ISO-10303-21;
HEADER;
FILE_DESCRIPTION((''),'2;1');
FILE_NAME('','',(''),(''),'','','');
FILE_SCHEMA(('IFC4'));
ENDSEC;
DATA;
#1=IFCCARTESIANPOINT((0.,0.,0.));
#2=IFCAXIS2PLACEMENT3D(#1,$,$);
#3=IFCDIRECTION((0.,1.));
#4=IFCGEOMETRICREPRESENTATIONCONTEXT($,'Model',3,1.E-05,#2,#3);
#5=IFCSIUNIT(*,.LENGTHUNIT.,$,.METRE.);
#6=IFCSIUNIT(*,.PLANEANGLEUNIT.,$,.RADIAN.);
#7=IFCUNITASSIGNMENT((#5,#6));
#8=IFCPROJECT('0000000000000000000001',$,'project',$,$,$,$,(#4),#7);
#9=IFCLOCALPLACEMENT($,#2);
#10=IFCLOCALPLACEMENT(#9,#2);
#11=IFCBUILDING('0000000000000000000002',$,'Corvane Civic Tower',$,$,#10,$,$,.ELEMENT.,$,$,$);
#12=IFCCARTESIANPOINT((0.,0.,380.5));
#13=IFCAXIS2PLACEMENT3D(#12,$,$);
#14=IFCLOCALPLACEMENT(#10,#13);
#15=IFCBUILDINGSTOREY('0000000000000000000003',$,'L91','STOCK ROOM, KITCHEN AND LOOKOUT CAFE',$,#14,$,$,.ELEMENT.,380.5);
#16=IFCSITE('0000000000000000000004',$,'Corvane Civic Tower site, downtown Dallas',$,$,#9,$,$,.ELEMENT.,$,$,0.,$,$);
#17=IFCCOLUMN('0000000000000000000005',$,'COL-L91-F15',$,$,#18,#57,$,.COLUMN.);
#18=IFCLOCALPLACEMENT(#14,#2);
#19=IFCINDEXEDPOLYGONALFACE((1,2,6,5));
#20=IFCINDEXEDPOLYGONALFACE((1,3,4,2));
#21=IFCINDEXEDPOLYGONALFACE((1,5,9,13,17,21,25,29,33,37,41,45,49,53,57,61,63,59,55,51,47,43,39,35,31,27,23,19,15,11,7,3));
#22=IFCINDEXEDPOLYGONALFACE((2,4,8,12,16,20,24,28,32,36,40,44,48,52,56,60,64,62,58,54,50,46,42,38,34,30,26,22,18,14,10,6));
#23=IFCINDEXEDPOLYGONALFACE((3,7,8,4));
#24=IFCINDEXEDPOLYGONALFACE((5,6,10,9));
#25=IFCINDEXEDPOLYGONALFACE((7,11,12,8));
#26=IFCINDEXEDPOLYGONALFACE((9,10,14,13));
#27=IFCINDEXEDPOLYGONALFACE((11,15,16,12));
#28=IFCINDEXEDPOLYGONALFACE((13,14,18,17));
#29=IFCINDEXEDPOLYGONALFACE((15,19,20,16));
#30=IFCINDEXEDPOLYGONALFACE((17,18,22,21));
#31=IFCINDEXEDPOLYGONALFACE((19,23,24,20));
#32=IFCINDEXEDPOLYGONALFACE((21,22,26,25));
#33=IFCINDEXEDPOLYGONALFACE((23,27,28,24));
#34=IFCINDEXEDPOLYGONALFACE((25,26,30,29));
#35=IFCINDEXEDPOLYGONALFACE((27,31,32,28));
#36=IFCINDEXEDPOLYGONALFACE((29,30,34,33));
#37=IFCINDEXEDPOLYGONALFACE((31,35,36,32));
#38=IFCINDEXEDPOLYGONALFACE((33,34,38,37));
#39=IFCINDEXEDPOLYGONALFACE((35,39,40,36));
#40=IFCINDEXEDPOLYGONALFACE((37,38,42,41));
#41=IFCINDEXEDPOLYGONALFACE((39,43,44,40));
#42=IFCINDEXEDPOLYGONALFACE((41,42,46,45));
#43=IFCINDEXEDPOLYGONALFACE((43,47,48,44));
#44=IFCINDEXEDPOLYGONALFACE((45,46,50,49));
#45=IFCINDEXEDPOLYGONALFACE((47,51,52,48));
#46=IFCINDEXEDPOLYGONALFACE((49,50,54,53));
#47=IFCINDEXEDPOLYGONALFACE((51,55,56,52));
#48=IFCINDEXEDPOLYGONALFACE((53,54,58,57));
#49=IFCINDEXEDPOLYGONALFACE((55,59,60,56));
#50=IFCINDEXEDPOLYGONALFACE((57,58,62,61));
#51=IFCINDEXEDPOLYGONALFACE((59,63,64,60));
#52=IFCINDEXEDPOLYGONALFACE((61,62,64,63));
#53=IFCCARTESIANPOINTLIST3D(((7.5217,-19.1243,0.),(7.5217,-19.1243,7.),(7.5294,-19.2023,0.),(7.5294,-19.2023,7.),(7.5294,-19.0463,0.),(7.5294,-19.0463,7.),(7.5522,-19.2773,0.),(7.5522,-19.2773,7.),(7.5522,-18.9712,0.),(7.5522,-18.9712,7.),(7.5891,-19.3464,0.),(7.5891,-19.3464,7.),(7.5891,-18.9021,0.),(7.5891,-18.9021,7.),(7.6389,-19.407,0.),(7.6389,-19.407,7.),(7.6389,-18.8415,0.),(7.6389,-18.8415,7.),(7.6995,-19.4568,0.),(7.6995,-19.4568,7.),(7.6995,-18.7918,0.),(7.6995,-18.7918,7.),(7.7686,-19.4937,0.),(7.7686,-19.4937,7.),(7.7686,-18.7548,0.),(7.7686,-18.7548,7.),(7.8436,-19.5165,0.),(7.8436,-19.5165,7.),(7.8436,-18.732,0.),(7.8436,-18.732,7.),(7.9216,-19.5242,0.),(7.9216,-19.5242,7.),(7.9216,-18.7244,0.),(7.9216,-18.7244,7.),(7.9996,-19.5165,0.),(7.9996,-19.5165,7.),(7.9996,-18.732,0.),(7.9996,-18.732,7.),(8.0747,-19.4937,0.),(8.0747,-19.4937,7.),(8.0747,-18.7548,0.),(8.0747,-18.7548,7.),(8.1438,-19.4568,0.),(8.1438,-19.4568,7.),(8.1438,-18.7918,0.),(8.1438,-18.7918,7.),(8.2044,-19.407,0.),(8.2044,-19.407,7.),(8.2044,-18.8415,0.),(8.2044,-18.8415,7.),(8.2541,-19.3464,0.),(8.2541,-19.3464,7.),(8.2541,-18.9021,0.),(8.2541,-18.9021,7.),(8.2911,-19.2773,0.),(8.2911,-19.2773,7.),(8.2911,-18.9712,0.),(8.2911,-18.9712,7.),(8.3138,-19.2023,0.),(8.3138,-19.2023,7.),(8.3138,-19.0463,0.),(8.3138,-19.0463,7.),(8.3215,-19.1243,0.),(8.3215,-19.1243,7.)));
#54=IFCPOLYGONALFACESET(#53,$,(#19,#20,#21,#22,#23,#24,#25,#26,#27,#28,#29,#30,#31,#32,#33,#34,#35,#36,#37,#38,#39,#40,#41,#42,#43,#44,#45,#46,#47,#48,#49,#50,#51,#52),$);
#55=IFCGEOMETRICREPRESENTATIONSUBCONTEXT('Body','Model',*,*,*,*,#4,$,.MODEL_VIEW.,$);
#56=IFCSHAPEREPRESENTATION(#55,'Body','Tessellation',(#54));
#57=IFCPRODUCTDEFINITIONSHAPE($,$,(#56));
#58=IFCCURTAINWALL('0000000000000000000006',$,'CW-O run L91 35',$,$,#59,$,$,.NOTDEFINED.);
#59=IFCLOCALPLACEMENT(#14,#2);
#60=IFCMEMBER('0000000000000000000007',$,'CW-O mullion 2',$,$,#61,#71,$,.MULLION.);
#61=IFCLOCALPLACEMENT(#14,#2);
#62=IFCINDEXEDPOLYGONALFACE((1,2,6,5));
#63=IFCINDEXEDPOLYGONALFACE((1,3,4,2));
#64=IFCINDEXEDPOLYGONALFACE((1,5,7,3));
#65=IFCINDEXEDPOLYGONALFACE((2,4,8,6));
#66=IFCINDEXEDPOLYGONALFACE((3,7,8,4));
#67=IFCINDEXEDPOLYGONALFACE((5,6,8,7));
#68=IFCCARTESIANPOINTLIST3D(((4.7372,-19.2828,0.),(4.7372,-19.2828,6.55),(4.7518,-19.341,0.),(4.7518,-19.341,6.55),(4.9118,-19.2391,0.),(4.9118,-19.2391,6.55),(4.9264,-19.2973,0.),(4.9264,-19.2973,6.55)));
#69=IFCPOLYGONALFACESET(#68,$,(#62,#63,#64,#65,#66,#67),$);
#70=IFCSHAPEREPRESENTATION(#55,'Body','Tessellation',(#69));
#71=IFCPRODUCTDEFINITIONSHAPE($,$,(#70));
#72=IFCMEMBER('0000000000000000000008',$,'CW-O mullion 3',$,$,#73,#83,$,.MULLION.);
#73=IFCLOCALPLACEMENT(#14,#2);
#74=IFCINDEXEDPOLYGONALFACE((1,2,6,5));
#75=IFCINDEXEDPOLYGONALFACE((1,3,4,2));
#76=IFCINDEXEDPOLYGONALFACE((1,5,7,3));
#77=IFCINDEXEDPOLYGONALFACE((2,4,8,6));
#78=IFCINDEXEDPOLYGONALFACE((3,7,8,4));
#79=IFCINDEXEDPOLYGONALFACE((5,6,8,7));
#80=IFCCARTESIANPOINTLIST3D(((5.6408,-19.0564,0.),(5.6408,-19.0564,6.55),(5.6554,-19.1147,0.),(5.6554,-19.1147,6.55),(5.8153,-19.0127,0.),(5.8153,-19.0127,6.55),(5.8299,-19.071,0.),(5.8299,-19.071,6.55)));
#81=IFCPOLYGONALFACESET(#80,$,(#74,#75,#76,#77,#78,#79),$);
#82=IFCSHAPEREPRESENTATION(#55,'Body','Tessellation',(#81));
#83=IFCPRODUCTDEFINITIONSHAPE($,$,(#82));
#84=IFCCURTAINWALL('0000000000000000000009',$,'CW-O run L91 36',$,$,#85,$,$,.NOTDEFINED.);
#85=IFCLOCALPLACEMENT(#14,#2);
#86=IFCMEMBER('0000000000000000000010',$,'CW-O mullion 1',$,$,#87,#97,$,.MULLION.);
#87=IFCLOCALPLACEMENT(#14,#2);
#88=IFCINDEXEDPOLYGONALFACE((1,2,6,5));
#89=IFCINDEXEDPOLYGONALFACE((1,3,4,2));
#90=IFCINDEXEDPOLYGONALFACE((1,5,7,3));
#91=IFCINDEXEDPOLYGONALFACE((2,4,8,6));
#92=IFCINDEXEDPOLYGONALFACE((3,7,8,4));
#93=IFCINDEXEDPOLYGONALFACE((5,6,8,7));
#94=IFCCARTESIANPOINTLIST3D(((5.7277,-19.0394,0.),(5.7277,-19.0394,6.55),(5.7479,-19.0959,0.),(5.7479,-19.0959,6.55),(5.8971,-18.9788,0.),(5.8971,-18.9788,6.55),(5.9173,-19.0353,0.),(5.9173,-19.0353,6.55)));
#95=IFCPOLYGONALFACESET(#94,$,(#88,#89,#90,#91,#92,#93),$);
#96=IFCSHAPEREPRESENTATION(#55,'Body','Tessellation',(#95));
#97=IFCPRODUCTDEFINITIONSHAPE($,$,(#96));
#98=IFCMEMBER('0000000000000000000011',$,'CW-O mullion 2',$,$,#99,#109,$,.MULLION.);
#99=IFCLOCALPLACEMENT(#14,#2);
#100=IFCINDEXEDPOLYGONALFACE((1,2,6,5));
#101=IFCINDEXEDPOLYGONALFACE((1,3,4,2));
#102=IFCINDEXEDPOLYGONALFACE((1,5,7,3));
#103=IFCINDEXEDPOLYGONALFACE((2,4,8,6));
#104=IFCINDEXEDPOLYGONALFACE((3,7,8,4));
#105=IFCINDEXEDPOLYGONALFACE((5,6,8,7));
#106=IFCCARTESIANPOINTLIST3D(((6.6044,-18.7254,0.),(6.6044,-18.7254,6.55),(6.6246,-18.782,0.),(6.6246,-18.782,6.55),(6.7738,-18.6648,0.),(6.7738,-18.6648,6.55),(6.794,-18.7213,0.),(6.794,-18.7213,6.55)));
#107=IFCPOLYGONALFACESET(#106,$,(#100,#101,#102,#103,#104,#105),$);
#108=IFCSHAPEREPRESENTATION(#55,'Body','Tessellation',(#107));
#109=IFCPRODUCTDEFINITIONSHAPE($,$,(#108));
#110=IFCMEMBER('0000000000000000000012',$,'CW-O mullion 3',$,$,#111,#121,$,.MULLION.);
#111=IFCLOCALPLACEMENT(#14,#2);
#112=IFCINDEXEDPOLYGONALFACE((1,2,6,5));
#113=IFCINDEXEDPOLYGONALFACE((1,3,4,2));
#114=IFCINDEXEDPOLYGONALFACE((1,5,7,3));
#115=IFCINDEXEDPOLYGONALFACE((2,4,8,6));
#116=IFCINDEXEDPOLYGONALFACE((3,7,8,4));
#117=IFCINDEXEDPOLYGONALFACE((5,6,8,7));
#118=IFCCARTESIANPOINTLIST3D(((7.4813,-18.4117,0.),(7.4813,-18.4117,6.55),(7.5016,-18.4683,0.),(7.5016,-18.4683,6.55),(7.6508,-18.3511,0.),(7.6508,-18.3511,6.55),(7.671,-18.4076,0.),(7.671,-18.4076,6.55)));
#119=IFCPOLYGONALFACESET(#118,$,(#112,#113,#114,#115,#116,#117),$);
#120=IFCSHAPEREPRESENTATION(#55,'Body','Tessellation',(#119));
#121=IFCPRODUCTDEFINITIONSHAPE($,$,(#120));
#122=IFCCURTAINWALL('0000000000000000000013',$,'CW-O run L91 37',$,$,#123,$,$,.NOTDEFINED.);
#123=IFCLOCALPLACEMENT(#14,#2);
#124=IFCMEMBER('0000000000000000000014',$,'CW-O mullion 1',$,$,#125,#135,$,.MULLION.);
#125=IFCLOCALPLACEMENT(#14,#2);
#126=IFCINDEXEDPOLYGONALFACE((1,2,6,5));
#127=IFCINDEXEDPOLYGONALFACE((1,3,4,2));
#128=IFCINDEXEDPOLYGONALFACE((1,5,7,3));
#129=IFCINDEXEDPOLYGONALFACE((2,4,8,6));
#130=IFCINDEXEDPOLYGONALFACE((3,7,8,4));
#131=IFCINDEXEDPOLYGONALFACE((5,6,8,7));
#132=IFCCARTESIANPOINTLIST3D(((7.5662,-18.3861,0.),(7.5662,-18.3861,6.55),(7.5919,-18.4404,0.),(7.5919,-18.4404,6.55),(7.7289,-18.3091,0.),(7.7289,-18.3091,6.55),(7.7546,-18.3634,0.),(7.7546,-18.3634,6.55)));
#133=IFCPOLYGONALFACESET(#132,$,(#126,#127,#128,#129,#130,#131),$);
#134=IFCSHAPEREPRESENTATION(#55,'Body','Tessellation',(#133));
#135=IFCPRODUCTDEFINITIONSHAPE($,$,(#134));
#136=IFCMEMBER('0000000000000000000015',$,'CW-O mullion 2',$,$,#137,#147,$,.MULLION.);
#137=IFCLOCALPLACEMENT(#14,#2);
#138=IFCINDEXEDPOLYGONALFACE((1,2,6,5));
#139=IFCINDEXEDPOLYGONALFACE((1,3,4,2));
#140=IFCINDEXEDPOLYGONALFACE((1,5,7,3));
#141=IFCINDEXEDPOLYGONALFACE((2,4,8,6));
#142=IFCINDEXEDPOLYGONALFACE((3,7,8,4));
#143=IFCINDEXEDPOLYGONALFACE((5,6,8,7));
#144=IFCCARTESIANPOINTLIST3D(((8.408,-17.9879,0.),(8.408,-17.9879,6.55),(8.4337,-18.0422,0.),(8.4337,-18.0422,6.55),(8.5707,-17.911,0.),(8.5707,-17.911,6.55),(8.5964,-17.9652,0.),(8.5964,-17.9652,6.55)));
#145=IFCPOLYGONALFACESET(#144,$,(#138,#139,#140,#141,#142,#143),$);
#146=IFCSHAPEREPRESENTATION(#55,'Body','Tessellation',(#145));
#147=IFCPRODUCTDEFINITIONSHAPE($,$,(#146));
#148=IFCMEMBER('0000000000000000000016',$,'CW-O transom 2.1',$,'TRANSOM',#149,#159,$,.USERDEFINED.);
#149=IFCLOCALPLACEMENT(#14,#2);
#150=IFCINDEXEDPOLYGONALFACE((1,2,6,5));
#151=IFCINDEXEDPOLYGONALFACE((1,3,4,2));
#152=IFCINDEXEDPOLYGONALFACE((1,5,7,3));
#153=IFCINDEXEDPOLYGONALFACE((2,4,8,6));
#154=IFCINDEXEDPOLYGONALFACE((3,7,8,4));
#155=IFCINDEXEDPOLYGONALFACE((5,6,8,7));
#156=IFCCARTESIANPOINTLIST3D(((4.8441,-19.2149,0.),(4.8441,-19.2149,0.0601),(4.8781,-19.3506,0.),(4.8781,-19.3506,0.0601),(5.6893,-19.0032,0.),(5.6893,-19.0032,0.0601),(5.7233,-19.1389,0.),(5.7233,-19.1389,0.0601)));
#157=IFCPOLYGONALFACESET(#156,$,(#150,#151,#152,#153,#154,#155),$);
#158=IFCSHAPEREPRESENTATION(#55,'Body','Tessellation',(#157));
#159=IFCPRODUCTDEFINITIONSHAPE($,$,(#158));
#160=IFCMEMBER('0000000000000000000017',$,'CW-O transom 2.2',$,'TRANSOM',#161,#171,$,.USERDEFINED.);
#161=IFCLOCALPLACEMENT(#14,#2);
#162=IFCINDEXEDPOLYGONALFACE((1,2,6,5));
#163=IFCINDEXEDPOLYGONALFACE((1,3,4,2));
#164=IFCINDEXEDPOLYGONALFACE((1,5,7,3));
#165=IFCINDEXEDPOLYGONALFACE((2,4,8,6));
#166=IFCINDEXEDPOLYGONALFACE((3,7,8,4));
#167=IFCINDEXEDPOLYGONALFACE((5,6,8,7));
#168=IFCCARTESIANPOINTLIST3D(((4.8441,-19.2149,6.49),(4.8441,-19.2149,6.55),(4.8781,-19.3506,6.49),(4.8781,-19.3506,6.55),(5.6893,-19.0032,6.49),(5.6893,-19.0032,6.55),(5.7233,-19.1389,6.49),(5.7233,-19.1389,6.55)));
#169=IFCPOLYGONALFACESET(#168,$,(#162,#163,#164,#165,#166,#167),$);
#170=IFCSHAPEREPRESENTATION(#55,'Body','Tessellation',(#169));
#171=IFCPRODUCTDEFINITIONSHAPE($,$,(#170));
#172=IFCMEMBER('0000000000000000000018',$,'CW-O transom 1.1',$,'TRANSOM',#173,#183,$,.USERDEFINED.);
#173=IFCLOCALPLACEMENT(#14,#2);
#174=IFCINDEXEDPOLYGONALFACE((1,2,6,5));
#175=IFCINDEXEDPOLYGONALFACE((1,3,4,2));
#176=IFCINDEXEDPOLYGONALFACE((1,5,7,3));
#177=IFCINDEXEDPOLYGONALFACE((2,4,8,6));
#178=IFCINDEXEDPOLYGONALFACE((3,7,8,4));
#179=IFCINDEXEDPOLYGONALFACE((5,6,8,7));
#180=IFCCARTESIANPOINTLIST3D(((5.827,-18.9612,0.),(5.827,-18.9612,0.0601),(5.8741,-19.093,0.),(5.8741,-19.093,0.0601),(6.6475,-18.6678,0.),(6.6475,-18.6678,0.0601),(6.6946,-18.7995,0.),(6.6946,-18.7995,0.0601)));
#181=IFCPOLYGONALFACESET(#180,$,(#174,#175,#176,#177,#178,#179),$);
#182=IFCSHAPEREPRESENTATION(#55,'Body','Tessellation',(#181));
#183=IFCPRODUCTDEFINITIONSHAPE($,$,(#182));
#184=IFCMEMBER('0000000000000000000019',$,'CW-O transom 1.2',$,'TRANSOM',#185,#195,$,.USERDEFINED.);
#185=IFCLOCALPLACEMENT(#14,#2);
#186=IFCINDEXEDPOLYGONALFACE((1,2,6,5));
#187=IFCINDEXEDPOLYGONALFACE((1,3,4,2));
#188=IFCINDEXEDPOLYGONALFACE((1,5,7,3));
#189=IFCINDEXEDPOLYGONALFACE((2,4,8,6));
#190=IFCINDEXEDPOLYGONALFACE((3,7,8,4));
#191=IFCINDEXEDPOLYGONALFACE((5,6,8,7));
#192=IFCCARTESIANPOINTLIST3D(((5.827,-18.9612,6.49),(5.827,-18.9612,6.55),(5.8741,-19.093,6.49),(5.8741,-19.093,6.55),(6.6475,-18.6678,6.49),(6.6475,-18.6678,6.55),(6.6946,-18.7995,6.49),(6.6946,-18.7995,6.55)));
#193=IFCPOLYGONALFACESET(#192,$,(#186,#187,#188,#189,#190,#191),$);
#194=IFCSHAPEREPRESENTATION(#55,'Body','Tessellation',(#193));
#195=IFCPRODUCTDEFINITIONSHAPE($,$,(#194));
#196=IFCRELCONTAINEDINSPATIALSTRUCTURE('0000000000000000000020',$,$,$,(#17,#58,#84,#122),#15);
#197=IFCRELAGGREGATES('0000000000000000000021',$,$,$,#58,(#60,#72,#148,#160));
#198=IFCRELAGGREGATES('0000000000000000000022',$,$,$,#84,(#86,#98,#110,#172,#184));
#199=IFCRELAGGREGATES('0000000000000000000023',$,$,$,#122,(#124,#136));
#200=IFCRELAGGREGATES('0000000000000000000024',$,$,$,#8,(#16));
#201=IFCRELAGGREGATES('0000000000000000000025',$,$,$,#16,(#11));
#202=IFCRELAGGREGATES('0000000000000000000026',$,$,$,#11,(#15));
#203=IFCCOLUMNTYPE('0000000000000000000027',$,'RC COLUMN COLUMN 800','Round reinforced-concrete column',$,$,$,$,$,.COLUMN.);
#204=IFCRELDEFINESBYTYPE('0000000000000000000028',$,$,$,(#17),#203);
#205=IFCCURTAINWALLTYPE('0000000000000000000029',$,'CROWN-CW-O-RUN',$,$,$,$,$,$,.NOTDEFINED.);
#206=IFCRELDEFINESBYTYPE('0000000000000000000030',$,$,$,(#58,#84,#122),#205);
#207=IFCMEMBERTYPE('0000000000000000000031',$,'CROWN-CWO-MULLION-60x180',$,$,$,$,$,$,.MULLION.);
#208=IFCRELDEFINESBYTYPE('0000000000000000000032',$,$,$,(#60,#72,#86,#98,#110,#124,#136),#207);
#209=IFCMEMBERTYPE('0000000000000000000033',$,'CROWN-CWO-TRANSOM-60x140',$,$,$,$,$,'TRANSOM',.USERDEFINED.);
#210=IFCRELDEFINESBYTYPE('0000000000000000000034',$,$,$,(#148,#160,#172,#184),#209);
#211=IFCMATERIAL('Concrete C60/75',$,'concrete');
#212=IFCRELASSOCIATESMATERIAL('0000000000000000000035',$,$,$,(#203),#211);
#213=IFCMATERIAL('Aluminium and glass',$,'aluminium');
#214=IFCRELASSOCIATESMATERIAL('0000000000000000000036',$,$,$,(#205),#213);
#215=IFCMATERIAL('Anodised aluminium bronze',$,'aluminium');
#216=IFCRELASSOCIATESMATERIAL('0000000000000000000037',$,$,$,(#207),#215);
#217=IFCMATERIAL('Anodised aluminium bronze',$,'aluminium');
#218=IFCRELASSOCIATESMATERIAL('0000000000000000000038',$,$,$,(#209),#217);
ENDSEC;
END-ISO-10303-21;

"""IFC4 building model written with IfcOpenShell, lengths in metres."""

from ifc_helpers import new_model, si_unit, direction, frame, origin, origin_2d, place, context, subcontext, project, spatial, rectangle, circle, extrude, material, material_profile, profile_set, type_object, element, aggregate, save


model = new_model("IFC4")

# Units and contexts
model_context = context("Model", 3, precision=1e-05, world=origin(), true_north=direction((0.0, 1.0)))
body_context = subcontext(model_context, "Body", "Model", "MODEL_VIEW")
ifc_project = project(units=[si_unit("LENGTHUNIT", "METRE"), si_unit("PLANEANGLEUNIT", "RADIAN")], contexts=[model_context])

# Site, building, storey
site_placement = place(None, origin())
site = spatial("IfcSite", under=ifc_project, at=site_placement, Name="Corvane Civic Tower site, downtown Dallas", CompositionType="ELEMENT", RefElevation=0.0)
building_placement = place(site_placement, origin())
building = spatial("IfcBuilding", under=site, at=building_placement, Name="Corvane Civic Tower", CompositionType="ELEMENT")
storey_placement = place(building_placement, frame((0.0, 0.0, 380.5)))
storey = spatial("IfcBuildingStorey", under=building, at=storey_placement, Name="L91", Description="STOCK ROOM, KITCHEN AND LOOKOUT CAFE", CompositionType="ELEMENT", Elevation=380.5)

# Column
ifc_material_1 = material(Name="Concrete C60/75", Category="concrete")
ifc_material_profile_1 = material_profile(ifc_material_1, circle(Radius=0.3999, at=origin_2d()), Name="COLUMN 800")
ifc_profile_set_1 = profile_set([ifc_material_profile_1], Name="Concrete C60/75")
column_type = type_object("IfcColumnType", Name="RC COLUMN COLUMN 800", Description="Round reinforced-concrete column", PredefinedType="COLUMN", material=ifc_profile_set_1)
column_placement = place(storey_placement, frame((7.9216, -19.1243, 0.0), z_axis=(0.0, 0.0, 1.0), x_axis=(1.0, 0.0, 0.0)))
element("IfcColumn", 1, at=column_placement, inside=storey, type_object=column_type, Name="COL-L91-F15", PredefinedType="COLUMN", context=body_context, shape_type="SweptSolid", body=[
    extrude(circle(Radius=0.3999, at=origin_2d()), origin(), (0.0, 0.0, 1.0), 7.0),
])

# Curtain walls, members
ifc_material_2 = material(Name="Aluminium and glass", Category="aluminium")
curtain_wall_type = type_object("IfcCurtainWallType", Name="CROWN-CW-O-RUN", PredefinedType="NOTDEFINED", material=ifc_material_2)
curtain_wall_1_placement = place(storey_placement, origin())
curtain_wall_1 = element("IfcCurtainWall", 2, at=curtain_wall_1_placement, inside=storey, type_object=curtain_wall_type, Name="CW-O run L91 35", PredefinedType="NOTDEFINED")
ifc_material_3 = material(Name="Anodised aluminium bronze", Category="aluminium")
ifc_material_profile_2 = material_profile(ifc_material_3, rectangle(XDim=0.0601, YDim=0.1799, at=origin_2d()), Name="AL 60x180")
ifc_profile_set_2 = profile_set([ifc_material_profile_2], Name="Anodised aluminium bronze")
member_type_1 = type_object("IfcMemberType", Name="CROWN-CWO-MULLION-60x180", PredefinedType="MULLION", material=ifc_profile_set_2)
member_1_placement = place(storey_placement, frame((4.8318, -19.29, 0.0), z_axis=(0.0, 0.0, 1.0), x_axis=(-0.242952, 0.970038, 0.0)))
member_1 = element("IfcMember", 3, at=member_1_placement, type_object=member_type_1, Name="CW-O mullion 2", PredefinedType="MULLION", context=body_context, shape_type="SweptSolid", body=[
    extrude(rectangle(XDim=0.0601, YDim=0.1799, at=origin_2d()), origin(), (0.0, 0.0, 1.0), 6.55),
])
member_2_placement = place(storey_placement, frame((5.7354, -19.0637, 0.0), z_axis=(0.0, 0.0, 1.0), x_axis=(-0.242952, 0.970038, 0.0)))
member_2 = element("IfcMember", 4, at=member_2_placement, type_object=member_type_1, Name="CW-O mullion 3", PredefinedType="MULLION", context=body_context, shape_type="SweptSolid", body=[
    extrude(rectangle(XDim=0.0601, YDim=0.1799, at=origin_2d()), origin(), (0.0, 0.0, 1.0), 6.55),
])
curtain_wall_2_placement = place(storey_placement, origin())
curtain_wall_2 = element("IfcCurtainWall", 5, at=curtain_wall_2_placement, inside=storey, type_object=curtain_wall_type, Name="CW-O run L91 36", PredefinedType="NOTDEFINED")
member_3_placement = place(storey_placement, frame((5.8225, -19.0374, 0.0), z_axis=(0.0, 0.0, 1.0), x_axis=(-0.336982, 0.941511, 0.0)))
member_3 = element("IfcMember", 6, at=member_3_placement, type_object=member_type_1, Name="CW-O mullion 1", PredefinedType="MULLION", context=body_context, shape_type="SweptSolid", body=[
    extrude(rectangle(XDim=0.0601, YDim=0.1799, at=origin_2d()), origin(), (0.0, 0.0, 1.0), 6.55),
])
member_4_placement = place(storey_placement, frame((6.6992, -18.7234, 0.0), z_axis=(0.0, 0.0, 1.0), x_axis=(-0.336982, 0.941511, 0.0)))
member_4 = element("IfcMember", 7, at=member_4_placement, type_object=member_type_1, Name="CW-O mullion 2", PredefinedType="MULLION", context=body_context, shape_type="SweptSolid", body=[
    extrude(rectangle(XDim=0.0601, YDim=0.1799, at=origin_2d()), origin(), (0.0, 0.0, 1.0), 6.55),
])
member_5_placement = place(storey_placement, frame((7.5762, -18.4097, 0.0), z_axis=(0.0, 0.0, 1.0), x_axis=(-0.336982, 0.941511, 0.0)))
member_5 = element("IfcMember", 8, at=member_5_placement, type_object=member_type_1, Name="CW-O mullion 3", PredefinedType="MULLION", context=body_context, shape_type="SweptSolid", body=[
    extrude(rectangle(XDim=0.0601, YDim=0.1799, at=origin_2d()), origin(), (0.0, 0.0, 1.0), 6.55),
])
curtain_wall_3_placement = place(storey_placement, origin())
curtain_wall_3 = element("IfcCurtainWall", 9, at=curtain_wall_3_placement, inside=storey, type_object=curtain_wall_type, Name="CW-O run L91 37", PredefinedType="NOTDEFINED")
member_6_placement = place(storey_placement, frame((7.6604, -18.3748, 0.0), z_axis=(0.0, 0.0, 1.0), x_axis=(-0.427509, 0.904011, 0.0)))
member_6 = element("IfcMember", 10, at=member_6_placement, type_object=member_type_1, Name="CW-O mullion 1", PredefinedType="MULLION", context=body_context, shape_type="SweptSolid", body=[
    extrude(rectangle(XDim=0.0601, YDim=0.1799, at=origin_2d()), origin(), (0.0, 0.0, 1.0), 6.55),
])
member_7_placement = place(storey_placement, frame((8.5022, -17.9766, 0.0), z_axis=(0.0, 0.0, 1.0), x_axis=(-0.427509, 0.904011, 0.0)))
member_7 = element("IfcMember", 11, at=member_7_placement, type_object=member_type_1, Name="CW-O mullion 2", PredefinedType="MULLION", context=body_context, shape_type="SweptSolid", body=[
    extrude(rectangle(XDim=0.0601, YDim=0.1799, at=origin_2d()), origin(), (0.0, 0.0, 1.0), 6.55),
])

# Members
ifc_material_4 = material(Name="Anodised aluminium bronze", Category="aluminium")
ifc_material_profile_3 = material_profile(ifc_material_4, rectangle(XDim=0.1399, YDim=0.0601, at=origin_2d()), Name="AL 140x60")
ifc_profile_set_3 = profile_set([ifc_material_profile_3], Name="Anodised aluminium bronze")
member_type_2 = type_object("IfcMemberType", Name="CROWN-CWO-TRANSOM-60x140", ElementType="TRANSOM", PredefinedType="USERDEFINED", material=ifc_profile_set_3)
member_8_placement = place(storey_placement, frame((4.8611, -19.2827, 0.03), z_axis=(0.970044, 0.242931, 0.0), x_axis=(-0.242931, 0.970044, 0.0)))
member_8 = element("IfcMember", 12, at=member_8_placement, type_object=member_type_2, Name="CW-O transom 2.1", ObjectType="TRANSOM", PredefinedType="USERDEFINED", context=body_context, shape_type="SweptSolid", body=[
    extrude(rectangle(XDim=0.1399, YDim=0.0601, at=origin_2d()), origin(), (0.0, 0.0, 1.0), 0.8713),
])
member_9_placement = place(storey_placement, frame((4.8611, -19.2827, 6.52), z_axis=(0.970044, 0.242931, 0.0), x_axis=(-0.242931, 0.970044, 0.0)))
member_9 = element("IfcMember", 13, at=member_9_placement, type_object=member_type_2, Name="CW-O transom 2.2", ObjectType="TRANSOM", PredefinedType="USERDEFINED", context=body_context, shape_type="SweptSolid", body=[
    extrude(rectangle(XDim=0.1399, YDim=0.0601, at=origin_2d()), origin(), (0.0, 0.0, 1.0), 0.8713),
])
member_10_placement = place(storey_placement, frame((5.8506, -19.0271, 0.03), z_axis=(0.941596, 0.336745, 0.0), x_axis=(-0.336745, 0.941596, 0.0)))
member_10 = element("IfcMember", 14, at=member_10_placement, type_object=member_type_2, Name="CW-O transom 1.1", ObjectType="TRANSOM", PredefinedType="USERDEFINED", context=body_context, shape_type="SweptSolid", body=[
    extrude(rectangle(XDim=0.1399, YDim=0.0601, at=origin_2d()), origin(), (0.0, 0.0, 1.0), 0.8713),
])
member_11_placement = place(storey_placement, frame((5.8506, -19.0271, 6.52), z_axis=(0.941596, 0.336745, 0.0), x_axis=(-0.336745, 0.941596, 0.0)))
member_11 = element("IfcMember", 15, at=member_11_placement, type_object=member_type_2, Name="CW-O transom 1.2", ObjectType="TRANSOM", PredefinedType="USERDEFINED", context=body_context, shape_type="SweptSolid", body=[
    extrude(rectangle(XDim=0.1399, YDim=0.0601, at=origin_2d()), origin(), (0.0, 0.0, 1.0), 0.8713),
])

aggregate(curtain_wall_1, [member_1, member_2, member_8, member_9])
aggregate(curtain_wall_2, [member_3, member_4, member_5, member_10, member_11])
aggregate(curtain_wall_3, [member_6, member_7])

save(model, "model.ifc")
